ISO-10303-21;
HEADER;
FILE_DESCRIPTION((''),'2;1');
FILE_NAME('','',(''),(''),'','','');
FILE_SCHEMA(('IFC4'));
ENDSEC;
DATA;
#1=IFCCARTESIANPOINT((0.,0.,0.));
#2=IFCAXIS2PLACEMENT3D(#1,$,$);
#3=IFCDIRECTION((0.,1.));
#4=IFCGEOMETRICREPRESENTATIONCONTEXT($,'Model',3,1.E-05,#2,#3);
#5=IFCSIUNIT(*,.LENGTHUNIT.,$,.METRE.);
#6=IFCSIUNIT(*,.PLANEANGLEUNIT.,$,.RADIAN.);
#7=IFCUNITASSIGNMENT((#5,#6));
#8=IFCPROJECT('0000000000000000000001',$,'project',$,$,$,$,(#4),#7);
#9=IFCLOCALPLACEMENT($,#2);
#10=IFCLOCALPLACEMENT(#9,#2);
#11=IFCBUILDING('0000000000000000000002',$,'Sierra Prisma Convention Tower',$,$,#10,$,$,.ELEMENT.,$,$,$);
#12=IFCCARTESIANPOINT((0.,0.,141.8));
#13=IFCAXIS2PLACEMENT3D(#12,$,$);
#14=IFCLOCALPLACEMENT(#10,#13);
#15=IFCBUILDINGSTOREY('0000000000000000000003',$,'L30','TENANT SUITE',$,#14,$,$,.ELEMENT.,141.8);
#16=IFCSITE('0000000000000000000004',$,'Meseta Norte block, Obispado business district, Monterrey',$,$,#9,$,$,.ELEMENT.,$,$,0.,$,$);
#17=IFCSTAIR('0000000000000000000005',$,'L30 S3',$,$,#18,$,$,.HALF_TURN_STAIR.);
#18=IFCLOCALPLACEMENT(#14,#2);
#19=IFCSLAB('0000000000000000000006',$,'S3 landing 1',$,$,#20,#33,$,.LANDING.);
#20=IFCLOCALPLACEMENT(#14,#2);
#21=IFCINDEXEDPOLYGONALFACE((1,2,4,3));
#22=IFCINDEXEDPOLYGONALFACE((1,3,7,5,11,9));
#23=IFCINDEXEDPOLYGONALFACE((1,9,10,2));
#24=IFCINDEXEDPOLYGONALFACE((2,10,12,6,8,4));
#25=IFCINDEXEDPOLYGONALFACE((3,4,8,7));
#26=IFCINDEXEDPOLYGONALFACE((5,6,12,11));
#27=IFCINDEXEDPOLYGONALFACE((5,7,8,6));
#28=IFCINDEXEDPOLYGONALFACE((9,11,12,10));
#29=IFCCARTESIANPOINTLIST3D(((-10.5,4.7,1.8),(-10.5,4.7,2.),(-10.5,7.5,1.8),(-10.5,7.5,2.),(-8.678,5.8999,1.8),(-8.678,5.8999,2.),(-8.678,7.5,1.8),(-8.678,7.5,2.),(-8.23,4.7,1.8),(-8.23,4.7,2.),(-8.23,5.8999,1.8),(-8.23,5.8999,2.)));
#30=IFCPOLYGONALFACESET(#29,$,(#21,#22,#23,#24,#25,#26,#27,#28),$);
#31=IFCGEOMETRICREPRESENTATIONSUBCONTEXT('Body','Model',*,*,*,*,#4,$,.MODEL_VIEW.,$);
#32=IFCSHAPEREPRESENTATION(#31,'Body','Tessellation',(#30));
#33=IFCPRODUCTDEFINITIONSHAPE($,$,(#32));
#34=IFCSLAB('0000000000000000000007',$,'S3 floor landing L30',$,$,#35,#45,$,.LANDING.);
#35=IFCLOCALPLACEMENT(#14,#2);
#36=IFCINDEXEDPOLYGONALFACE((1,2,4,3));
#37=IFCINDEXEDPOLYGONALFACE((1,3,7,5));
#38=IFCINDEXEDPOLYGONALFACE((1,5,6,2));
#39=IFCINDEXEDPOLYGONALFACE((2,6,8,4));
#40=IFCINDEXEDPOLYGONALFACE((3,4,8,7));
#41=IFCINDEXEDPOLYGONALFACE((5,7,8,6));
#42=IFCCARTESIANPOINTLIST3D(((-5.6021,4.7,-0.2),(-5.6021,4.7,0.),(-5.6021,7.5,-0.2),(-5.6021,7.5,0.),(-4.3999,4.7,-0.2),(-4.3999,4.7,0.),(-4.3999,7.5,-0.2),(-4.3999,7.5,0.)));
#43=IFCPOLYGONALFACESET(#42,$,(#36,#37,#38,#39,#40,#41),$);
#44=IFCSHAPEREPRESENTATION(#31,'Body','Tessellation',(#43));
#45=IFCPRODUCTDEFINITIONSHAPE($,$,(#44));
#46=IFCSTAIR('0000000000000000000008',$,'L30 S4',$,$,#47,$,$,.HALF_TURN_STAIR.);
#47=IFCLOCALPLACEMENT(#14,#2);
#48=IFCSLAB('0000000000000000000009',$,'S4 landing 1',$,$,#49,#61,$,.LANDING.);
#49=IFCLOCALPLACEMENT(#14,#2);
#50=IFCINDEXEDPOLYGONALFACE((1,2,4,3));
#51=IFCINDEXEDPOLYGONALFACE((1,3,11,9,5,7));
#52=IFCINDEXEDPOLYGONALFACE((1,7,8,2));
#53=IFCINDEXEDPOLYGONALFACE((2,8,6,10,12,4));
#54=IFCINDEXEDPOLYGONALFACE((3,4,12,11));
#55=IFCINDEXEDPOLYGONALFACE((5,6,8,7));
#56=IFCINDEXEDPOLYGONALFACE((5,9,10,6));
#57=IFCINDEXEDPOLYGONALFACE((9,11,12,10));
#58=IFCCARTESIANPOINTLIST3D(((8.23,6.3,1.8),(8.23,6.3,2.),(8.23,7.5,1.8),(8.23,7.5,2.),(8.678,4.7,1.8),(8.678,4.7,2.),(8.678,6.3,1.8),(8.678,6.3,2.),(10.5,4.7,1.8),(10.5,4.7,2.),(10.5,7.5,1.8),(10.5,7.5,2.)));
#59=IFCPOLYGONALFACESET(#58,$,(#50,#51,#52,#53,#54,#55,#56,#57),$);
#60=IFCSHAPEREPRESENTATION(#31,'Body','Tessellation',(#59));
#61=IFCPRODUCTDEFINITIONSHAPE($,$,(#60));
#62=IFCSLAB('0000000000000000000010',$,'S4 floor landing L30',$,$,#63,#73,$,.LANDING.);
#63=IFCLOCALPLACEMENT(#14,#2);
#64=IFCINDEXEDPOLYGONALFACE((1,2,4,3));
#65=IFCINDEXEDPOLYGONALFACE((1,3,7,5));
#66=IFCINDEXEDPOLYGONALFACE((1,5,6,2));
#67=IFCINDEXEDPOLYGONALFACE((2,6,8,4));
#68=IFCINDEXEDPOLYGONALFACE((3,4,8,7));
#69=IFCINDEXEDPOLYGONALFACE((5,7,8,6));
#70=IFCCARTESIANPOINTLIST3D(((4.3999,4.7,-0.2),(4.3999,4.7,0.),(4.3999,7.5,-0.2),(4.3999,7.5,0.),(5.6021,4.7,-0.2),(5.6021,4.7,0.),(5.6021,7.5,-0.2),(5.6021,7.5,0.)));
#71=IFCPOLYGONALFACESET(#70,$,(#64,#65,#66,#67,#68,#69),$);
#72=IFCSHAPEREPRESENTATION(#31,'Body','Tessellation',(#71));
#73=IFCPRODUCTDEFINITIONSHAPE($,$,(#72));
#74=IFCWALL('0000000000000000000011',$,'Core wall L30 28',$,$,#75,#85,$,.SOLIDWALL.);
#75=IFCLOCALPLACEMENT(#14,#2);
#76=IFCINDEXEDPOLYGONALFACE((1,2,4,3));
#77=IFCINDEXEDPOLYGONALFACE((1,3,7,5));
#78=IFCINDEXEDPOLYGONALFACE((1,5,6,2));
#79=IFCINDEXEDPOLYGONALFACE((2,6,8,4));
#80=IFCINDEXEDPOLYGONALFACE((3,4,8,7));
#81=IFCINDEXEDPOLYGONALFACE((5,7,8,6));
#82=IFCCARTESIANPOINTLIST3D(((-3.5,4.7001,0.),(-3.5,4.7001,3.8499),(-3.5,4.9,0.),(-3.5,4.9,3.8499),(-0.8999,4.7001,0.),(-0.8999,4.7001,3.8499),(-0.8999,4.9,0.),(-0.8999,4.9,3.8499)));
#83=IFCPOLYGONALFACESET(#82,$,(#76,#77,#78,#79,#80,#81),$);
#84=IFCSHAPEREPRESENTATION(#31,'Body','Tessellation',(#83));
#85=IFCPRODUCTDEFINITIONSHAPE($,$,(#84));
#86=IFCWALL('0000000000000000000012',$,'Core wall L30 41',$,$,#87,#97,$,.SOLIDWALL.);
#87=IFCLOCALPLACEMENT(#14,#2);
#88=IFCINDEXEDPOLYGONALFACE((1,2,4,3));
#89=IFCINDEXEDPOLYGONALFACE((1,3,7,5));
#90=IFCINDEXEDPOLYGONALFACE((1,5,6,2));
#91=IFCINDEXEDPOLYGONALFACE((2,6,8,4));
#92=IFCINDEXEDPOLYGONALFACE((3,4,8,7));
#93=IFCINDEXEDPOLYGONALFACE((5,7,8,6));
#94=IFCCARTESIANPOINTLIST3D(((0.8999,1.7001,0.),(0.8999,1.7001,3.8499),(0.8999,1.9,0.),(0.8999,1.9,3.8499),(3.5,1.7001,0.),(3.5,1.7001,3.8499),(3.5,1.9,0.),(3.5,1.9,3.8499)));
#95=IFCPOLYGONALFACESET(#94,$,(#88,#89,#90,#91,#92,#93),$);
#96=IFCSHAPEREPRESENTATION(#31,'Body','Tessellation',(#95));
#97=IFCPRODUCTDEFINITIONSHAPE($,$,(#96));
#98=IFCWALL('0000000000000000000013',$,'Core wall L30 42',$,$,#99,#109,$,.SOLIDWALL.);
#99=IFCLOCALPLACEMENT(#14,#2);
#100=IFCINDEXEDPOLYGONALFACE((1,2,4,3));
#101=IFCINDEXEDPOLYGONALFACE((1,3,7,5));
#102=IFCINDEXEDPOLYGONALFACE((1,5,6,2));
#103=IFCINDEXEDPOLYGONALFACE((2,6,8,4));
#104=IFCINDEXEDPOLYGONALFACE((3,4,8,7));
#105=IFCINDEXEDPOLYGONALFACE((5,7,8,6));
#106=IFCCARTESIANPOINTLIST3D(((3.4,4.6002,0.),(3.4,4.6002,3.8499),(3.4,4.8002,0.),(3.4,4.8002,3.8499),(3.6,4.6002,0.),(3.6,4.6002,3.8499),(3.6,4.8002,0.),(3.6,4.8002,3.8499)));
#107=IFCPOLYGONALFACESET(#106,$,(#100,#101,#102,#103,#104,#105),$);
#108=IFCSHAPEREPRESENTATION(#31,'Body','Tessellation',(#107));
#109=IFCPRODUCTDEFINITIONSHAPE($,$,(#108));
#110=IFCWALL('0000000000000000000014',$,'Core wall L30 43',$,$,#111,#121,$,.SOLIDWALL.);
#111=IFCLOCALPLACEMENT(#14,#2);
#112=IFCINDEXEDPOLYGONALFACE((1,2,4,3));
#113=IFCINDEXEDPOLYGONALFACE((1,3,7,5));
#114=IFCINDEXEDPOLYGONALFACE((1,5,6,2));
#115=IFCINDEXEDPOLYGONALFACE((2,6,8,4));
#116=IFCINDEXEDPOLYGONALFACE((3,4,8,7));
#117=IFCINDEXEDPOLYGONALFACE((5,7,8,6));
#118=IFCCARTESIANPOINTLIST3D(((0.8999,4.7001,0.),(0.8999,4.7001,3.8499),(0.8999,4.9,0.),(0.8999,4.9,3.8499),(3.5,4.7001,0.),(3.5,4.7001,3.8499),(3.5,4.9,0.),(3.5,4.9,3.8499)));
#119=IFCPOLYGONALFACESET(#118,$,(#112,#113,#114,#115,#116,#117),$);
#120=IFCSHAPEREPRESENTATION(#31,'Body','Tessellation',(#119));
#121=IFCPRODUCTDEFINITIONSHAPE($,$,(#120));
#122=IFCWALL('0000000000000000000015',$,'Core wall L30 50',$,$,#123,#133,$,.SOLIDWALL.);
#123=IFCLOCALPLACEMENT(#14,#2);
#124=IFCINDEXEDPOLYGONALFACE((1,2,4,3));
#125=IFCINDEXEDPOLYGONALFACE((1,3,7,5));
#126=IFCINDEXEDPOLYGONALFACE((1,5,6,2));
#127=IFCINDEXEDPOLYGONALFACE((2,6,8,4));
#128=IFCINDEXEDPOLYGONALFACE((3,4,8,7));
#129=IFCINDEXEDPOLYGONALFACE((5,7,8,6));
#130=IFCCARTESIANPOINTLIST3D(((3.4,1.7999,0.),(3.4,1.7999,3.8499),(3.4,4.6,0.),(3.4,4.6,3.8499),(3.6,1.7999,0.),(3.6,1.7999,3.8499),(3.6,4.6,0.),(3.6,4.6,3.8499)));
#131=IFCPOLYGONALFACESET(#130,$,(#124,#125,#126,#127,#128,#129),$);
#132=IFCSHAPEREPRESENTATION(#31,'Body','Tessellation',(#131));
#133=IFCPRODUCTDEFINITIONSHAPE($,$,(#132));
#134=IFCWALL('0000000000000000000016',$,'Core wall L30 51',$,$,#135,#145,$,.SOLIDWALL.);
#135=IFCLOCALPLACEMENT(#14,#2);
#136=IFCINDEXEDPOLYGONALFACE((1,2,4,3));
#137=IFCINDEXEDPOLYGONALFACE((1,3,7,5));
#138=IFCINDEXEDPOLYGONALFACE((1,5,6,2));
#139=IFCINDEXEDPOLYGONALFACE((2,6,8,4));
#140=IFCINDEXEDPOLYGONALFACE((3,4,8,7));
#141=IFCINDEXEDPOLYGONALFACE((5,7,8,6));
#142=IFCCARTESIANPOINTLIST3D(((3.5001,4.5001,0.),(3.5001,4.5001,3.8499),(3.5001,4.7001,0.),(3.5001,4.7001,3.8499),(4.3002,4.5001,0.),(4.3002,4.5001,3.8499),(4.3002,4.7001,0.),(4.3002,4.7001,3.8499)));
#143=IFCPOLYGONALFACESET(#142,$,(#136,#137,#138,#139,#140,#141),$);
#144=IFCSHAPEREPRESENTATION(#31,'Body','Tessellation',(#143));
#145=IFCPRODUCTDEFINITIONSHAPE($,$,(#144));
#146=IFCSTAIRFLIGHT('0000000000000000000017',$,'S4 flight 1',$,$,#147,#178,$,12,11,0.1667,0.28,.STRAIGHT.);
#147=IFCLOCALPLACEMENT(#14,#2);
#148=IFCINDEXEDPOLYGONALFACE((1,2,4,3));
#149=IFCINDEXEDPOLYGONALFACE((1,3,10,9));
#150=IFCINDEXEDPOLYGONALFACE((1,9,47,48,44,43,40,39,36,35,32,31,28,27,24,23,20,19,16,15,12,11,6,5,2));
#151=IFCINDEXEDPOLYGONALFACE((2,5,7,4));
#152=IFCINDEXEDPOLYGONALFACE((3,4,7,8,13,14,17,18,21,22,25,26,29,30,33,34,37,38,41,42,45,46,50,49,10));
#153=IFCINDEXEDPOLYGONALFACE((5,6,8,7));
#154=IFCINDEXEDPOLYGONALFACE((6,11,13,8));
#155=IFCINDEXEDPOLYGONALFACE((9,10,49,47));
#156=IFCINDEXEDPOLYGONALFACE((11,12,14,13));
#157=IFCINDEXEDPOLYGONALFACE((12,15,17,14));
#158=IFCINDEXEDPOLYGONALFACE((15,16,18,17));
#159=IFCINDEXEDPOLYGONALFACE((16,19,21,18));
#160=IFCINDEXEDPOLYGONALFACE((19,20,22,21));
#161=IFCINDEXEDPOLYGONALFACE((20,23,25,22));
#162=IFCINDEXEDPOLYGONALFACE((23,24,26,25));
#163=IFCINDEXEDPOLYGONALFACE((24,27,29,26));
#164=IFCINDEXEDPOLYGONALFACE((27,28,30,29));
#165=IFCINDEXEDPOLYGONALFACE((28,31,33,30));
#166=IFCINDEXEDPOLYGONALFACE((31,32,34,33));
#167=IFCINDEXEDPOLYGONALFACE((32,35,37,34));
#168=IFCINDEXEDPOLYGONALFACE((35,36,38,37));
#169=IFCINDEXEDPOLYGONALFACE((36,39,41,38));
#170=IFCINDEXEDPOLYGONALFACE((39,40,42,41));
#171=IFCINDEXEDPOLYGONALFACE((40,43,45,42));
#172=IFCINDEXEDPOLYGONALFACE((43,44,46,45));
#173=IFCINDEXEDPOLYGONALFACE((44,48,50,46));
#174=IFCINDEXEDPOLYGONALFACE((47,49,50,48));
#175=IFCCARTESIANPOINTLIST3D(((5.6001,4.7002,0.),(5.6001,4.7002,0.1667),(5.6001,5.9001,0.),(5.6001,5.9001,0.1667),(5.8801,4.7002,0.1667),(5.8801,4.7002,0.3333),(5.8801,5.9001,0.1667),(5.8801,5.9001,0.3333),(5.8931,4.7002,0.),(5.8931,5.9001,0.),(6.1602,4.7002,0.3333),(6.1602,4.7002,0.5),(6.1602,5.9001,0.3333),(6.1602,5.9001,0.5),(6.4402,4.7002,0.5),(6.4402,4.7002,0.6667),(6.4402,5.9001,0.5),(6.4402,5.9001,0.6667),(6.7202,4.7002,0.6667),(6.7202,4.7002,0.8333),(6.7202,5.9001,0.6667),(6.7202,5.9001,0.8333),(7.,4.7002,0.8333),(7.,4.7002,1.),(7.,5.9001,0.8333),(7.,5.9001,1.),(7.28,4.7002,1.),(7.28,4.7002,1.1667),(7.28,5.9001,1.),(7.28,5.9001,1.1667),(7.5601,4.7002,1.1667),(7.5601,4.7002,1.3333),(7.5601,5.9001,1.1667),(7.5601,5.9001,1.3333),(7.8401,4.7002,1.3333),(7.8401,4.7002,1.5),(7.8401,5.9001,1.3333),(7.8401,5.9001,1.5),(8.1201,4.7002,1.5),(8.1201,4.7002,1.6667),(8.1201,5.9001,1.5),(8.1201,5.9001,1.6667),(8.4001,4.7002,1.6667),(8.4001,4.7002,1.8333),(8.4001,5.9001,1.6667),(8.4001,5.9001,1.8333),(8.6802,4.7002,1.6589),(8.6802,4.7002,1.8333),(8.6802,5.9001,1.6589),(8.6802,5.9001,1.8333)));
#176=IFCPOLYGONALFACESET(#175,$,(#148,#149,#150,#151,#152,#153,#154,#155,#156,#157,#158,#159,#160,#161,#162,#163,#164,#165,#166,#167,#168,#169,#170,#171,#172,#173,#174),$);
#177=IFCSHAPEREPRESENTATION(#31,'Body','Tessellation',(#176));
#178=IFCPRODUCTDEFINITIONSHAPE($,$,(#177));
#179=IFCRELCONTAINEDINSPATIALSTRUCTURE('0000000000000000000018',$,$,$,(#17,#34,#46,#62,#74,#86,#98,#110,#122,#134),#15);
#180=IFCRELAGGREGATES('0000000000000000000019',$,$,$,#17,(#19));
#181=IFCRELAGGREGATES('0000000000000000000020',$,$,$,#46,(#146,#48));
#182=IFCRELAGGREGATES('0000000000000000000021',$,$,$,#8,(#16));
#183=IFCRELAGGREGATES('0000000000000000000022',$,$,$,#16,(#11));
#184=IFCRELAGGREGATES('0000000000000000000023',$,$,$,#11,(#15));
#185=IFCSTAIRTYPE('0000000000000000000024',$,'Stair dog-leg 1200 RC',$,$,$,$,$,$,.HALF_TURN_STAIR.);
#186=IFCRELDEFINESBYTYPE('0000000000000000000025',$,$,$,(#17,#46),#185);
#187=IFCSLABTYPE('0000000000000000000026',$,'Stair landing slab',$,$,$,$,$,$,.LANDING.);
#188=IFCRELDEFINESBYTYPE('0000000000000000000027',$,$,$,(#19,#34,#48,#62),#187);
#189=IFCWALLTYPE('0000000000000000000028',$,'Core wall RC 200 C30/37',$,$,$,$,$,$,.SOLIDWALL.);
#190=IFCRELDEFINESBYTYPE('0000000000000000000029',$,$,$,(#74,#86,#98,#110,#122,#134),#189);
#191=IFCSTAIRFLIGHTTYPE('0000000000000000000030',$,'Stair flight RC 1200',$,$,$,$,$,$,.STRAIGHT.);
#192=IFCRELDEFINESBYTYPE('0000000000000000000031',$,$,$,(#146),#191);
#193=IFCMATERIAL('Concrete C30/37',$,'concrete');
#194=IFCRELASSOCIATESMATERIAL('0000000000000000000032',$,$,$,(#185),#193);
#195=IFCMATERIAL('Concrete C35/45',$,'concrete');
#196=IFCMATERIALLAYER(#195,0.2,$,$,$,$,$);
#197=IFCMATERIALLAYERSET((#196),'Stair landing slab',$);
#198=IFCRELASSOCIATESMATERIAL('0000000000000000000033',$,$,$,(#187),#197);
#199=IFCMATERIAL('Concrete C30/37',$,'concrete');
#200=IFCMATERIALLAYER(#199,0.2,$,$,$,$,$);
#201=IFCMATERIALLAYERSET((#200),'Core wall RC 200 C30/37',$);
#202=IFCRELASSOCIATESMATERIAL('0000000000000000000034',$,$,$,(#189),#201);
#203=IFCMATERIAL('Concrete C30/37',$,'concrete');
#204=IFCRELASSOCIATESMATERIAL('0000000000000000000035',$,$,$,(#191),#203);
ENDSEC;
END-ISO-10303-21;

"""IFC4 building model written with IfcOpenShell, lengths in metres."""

from ifc_helpers import new_model, si_unit, direction, frame, frame_2d, origin, place, context, subcontext, project, spatial, polyline, rectangle, outline, extrude, material, layer, layer_set, type_object, element, aggregate, save


model = new_model("IFC4")

# Units and contexts
model_context = context("Model", 3, precision=1e-05, world=origin(), true_north=direction((0.0, 1.0)))
body_context = subcontext(model_context, "Body", "Model", "MODEL_VIEW")
ifc_project = project(units=[si_unit("LENGTHUNIT", "METRE"), si_unit("PLANEANGLEUNIT", "RADIAN")], contexts=[model_context])

# Site, building, storey
site_placement = place(None, origin())
site = spatial("IfcSite", under=ifc_project, at=site_placement, Name="Meseta Norte block, Obispado business district, Monterrey", CompositionType="ELEMENT", RefElevation=0.0)
building_placement = place(site_placement, origin())
building = spatial("IfcBuilding", under=site, at=building_placement, Name="Sierra Prisma Convention Tower", CompositionType="ELEMENT")
storey_placement = place(building_placement, frame((0.0, 0.0, 141.8)))
storey = spatial("IfcBuildingStorey", under=building, at=storey_placement, Name="L30", Description="TENANT SUITE", CompositionType="ELEMENT", Elevation=141.8)

# Stair, slab
ifc_material_1 = material(Name="Concrete C30/37", Category="concrete")
stair_type = type_object("IfcStairType", Name="Stair dog-leg 1200 RC", PredefinedType="HALF_TURN_STAIR", material=ifc_material_1)
stair_1_placement = place(storey_placement, origin())
stair_1 = element("IfcStair", 1, at=stair_1_placement, inside=storey, type_object=stair_type, Name="L30 S3", PredefinedType="HALF_TURN_STAIR")
ifc_material_2 = material(Name="Concrete C35/45", Category="concrete")
ifc_layer_1 = layer(ifc_material_2, 0.2)
ifc_layer_set_1 = layer_set([ifc_layer_1], Name="Stair landing slab")
slab_type = type_object("IfcSlabType", Name="Stair landing slab", PredefinedType="LANDING", material=ifc_layer_set_1)
slab_1_placement = place(storey_placement, frame((0.0, 0.0, 1.8)))
slab_1 = element("IfcSlab", 2, at=slab_1_placement, type_object=slab_type, Name="S3 landing 1", PredefinedType="LANDING", context=body_context, shape_type="SweptSolid", body=[
    extrude(outline(polyline([(-8.23, 5.8999), (-8.23, 4.7), (-10.5, 4.7), (-10.5, 7.5), (-8.678, 7.5), (-8.678, 5.8999), (-8.23, 5.8999)])), origin(), (0.0, 0.0, 1.0), 0.2),
])
aggregate(stair_1, [slab_1])

# Slab
slab_2_placement = place(storey_placement, frame((0.0, 0.0, -0.2)))
element("IfcSlab", 3, at=slab_2_placement, inside=storey, type_object=slab_type, Name="S3 floor landing L30", PredefinedType="LANDING", context=body_context, shape_type="SweptSolid", body=[
    extrude(outline(polyline([(-4.3999, 7.5), (-5.6021, 7.5), (-5.6021, 4.7), (-4.3999, 4.7), (-4.3999, 7.5)])), origin(), (0.0, 0.0, 1.0), 0.2),
])

# Stair, slab
stair_2_placement = place(storey_placement, origin())
stair_2 = element("IfcStair", 4, at=stair_2_placement, inside=storey, type_object=stair_type, Name="L30 S4", PredefinedType="HALF_TURN_STAIR")
slab_3_placement = place(storey_placement, frame((0.0, 0.0, 1.8)))
slab_3 = element("IfcSlab", 5, at=slab_3_placement, type_object=slab_type, Name="S4 landing 1", PredefinedType="LANDING", context=body_context, shape_type="SweptSolid", body=[
    extrude(outline(polyline([(10.5, 7.5), (10.5, 4.7), (8.678, 4.7), (8.678, 6.3), (8.23, 6.3), (8.23, 7.5), (10.5, 7.5)])), origin(), (0.0, 0.0, 1.0), 0.2),
])

# Slab
slab_4_placement = place(storey_placement, frame((0.0, 0.0, -0.2)))
element("IfcSlab", 6, at=slab_4_placement, inside=storey, type_object=slab_type, Name="S4 floor landing L30", PredefinedType="LANDING", context=body_context, shape_type="SweptSolid", body=[
    extrude(outline(polyline([(4.3999, 4.7), (5.6021, 4.7), (5.6021, 7.5), (4.3999, 7.5), (4.3999, 4.7)])), origin(), (0.0, 0.0, 1.0), 0.2),
])

# Shared definitions
ifc_material_3 = material(Name="Concrete C30/37", Category="concrete")
ifc_layer_2 = layer(ifc_material_3, 0.2)
ifc_layer_set_2 = layer_set([ifc_layer_2], Name="Core wall RC 200 C30/37")
wall_type = type_object("IfcWallType", Name="Core wall RC 200 C30/37", PredefinedType="SOLIDWALL", material=ifc_layer_set_2)

# Wall
wall_1_placement = place(storey_placement, frame((-0.8999, 4.8, 0.0), z_axis=(0.0, 0.0, 1.0), x_axis=(-1.0, 0.0, 0.0)))
element("IfcWall", 7, at=wall_1_placement, inside=storey, type_object=wall_type, Name="Core wall L30 28", PredefinedType="SOLIDWALL", context=body_context, shape_type="SweptSolid", body=[
    extrude(rectangle(XDim=2.6001, YDim=0.2, at=frame_2d((1.3, 0.0))), origin(), (0.0, 0.0, 1.0), 3.8499),
])

# Walls
wall_2_placement = place(storey_placement, frame((3.5, 1.8, 0.0), z_axis=(0.0, 0.0, 1.0), x_axis=(-1.0, 0.0, 0.0)))
element("IfcWall", 8, at=wall_2_placement, inside=storey, type_object=wall_type, Name="Core wall L30 41", PredefinedType="SOLIDWALL", context=body_context, shape_type="SweptSolid", body=[
    extrude(rectangle(XDim=2.6001, YDim=0.2, at=frame_2d((1.3, 0.0))), origin(), (0.0, 0.0, 1.0), 3.8499),
])
wall_3_placement = place(storey_placement, frame((3.5, 4.6001, 0.0), z_axis=(0.0, 0.0, 1.0), x_axis=(0.0, 1.0, 0.0)))
element("IfcWall", 9, at=wall_3_placement, inside=storey, type_object=wall_type, Name="Core wall L30 42", PredefinedType="SOLIDWALL", context=body_context, shape_type="SweptSolid", body=[
    extrude(rectangle(XDim=0.2, YDim=0.2, at=frame_2d((0.1001, 0.0))), origin(), (0.0, 0.0, 1.0), 3.8499),
])
wall_4_placement = place(storey_placement, frame((3.5, 4.8, 0.0), z_axis=(0.0, 0.0, 1.0), x_axis=(-1.0, 0.0, 0.0)))
element("IfcWall", 10, at=wall_4_placement, inside=storey, type_object=wall_type, Name="Core wall L30 43", PredefinedType="SOLIDWALL", context=body_context, shape_type="SweptSolid", body=[
    extrude(rectangle(XDim=2.6001, YDim=0.2, at=frame_2d((1.3, 0.0))), origin(), (0.0, 0.0, 1.0), 3.8499),
])

# Walls
wall_5_placement = place(storey_placement, frame((3.5, 1.8, 0.0), z_axis=(0.0, 0.0, 1.0), x_axis=(0.0, 1.0, 0.0)))
element("IfcWall", 11, at=wall_5_placement, inside=storey, type_object=wall_type, Name="Core wall L30 50", PredefinedType="SOLIDWALL", context=body_context, shape_type="SweptSolid", body=[
    extrude(rectangle(XDim=2.8, YDim=0.2, at=frame_2d((1.3999, 0.0))), origin(), (0.0, 0.0, 1.0), 3.8499),
])
wall_6_placement = place(storey_placement, frame((4.3, 4.6001, 0.0), z_axis=(0.0, 0.0, 1.0), x_axis=(-1.0, 0.0, 0.0)))
element("IfcWall", 12, at=wall_6_placement, inside=storey, type_object=wall_type, Name="Core wall L30 51", PredefinedType="SOLIDWALL", context=body_context, shape_type="SweptSolid", body=[
    extrude(rectangle(XDim=0.8, YDim=0.2, at=frame_2d((0.3999, 0.0))), origin(), (0.0, 0.0, 1.0), 3.8499),
])

# Stair flight
ifc_material_4 = material(Name="Concrete C30/37", Category="concrete")
stair_flight_type = type_object("IfcStairFlightType", Name="Stair flight RC 1200", PredefinedType="STRAIGHT", material=ifc_material_4)
stair_flight_placement = place(storey_placement, frame((5.6001, 5.3, 0.0), z_axis=(0.0, 0.0, 1.0), x_axis=(1.0, 0.0, 0.0)))
stair_flight = element("IfcStairFlight", 13, at=stair_flight_placement, type_object=stair_flight_type, Name="S4 flight 1", NumberOfRisers=12, NumberOfTreads=11, PredefinedType="STRAIGHT", RiserHeight=0.1667, TreadLength=0.28, context=body_context, shape_type="SweptSolid", body=[
    extrude(outline(polyline([(0.0, 0.0), (0.0, 0.1667), (0.28, 0.1667), (0.28, 0.3333), (0.5601, 0.3333), (0.5601, 0.5), (0.8401, 0.5), (0.8401, 0.6667), (1.1201, 0.6667), (1.1201, 0.8333), (1.3999, 0.8333), (1.3999, 1.0), (1.6799, 1.0), (1.6799, 1.1667), (1.96, 1.1667), (1.96, 1.3333), (2.24, 1.3333), (2.24, 1.5), (2.52, 1.5), (2.52, 1.6667), (2.8, 1.6667), (2.8, 1.8333), (3.0801, 1.8333), (3.0801, 2.0), (3.0801, 1.6589), (0.293, 0.0), (0.0, 0.0)])), frame((0.0, 0.6001, 0.0), z_axis=(0.0, -1.0, 0.0), x_axis=(1.0, 0.0, 0.0)), (0.0, 0.0, 1.0), 1.2),
])
aggregate(stair_2, [stair_flight, slab_3])

save(model, "model.ifc")
